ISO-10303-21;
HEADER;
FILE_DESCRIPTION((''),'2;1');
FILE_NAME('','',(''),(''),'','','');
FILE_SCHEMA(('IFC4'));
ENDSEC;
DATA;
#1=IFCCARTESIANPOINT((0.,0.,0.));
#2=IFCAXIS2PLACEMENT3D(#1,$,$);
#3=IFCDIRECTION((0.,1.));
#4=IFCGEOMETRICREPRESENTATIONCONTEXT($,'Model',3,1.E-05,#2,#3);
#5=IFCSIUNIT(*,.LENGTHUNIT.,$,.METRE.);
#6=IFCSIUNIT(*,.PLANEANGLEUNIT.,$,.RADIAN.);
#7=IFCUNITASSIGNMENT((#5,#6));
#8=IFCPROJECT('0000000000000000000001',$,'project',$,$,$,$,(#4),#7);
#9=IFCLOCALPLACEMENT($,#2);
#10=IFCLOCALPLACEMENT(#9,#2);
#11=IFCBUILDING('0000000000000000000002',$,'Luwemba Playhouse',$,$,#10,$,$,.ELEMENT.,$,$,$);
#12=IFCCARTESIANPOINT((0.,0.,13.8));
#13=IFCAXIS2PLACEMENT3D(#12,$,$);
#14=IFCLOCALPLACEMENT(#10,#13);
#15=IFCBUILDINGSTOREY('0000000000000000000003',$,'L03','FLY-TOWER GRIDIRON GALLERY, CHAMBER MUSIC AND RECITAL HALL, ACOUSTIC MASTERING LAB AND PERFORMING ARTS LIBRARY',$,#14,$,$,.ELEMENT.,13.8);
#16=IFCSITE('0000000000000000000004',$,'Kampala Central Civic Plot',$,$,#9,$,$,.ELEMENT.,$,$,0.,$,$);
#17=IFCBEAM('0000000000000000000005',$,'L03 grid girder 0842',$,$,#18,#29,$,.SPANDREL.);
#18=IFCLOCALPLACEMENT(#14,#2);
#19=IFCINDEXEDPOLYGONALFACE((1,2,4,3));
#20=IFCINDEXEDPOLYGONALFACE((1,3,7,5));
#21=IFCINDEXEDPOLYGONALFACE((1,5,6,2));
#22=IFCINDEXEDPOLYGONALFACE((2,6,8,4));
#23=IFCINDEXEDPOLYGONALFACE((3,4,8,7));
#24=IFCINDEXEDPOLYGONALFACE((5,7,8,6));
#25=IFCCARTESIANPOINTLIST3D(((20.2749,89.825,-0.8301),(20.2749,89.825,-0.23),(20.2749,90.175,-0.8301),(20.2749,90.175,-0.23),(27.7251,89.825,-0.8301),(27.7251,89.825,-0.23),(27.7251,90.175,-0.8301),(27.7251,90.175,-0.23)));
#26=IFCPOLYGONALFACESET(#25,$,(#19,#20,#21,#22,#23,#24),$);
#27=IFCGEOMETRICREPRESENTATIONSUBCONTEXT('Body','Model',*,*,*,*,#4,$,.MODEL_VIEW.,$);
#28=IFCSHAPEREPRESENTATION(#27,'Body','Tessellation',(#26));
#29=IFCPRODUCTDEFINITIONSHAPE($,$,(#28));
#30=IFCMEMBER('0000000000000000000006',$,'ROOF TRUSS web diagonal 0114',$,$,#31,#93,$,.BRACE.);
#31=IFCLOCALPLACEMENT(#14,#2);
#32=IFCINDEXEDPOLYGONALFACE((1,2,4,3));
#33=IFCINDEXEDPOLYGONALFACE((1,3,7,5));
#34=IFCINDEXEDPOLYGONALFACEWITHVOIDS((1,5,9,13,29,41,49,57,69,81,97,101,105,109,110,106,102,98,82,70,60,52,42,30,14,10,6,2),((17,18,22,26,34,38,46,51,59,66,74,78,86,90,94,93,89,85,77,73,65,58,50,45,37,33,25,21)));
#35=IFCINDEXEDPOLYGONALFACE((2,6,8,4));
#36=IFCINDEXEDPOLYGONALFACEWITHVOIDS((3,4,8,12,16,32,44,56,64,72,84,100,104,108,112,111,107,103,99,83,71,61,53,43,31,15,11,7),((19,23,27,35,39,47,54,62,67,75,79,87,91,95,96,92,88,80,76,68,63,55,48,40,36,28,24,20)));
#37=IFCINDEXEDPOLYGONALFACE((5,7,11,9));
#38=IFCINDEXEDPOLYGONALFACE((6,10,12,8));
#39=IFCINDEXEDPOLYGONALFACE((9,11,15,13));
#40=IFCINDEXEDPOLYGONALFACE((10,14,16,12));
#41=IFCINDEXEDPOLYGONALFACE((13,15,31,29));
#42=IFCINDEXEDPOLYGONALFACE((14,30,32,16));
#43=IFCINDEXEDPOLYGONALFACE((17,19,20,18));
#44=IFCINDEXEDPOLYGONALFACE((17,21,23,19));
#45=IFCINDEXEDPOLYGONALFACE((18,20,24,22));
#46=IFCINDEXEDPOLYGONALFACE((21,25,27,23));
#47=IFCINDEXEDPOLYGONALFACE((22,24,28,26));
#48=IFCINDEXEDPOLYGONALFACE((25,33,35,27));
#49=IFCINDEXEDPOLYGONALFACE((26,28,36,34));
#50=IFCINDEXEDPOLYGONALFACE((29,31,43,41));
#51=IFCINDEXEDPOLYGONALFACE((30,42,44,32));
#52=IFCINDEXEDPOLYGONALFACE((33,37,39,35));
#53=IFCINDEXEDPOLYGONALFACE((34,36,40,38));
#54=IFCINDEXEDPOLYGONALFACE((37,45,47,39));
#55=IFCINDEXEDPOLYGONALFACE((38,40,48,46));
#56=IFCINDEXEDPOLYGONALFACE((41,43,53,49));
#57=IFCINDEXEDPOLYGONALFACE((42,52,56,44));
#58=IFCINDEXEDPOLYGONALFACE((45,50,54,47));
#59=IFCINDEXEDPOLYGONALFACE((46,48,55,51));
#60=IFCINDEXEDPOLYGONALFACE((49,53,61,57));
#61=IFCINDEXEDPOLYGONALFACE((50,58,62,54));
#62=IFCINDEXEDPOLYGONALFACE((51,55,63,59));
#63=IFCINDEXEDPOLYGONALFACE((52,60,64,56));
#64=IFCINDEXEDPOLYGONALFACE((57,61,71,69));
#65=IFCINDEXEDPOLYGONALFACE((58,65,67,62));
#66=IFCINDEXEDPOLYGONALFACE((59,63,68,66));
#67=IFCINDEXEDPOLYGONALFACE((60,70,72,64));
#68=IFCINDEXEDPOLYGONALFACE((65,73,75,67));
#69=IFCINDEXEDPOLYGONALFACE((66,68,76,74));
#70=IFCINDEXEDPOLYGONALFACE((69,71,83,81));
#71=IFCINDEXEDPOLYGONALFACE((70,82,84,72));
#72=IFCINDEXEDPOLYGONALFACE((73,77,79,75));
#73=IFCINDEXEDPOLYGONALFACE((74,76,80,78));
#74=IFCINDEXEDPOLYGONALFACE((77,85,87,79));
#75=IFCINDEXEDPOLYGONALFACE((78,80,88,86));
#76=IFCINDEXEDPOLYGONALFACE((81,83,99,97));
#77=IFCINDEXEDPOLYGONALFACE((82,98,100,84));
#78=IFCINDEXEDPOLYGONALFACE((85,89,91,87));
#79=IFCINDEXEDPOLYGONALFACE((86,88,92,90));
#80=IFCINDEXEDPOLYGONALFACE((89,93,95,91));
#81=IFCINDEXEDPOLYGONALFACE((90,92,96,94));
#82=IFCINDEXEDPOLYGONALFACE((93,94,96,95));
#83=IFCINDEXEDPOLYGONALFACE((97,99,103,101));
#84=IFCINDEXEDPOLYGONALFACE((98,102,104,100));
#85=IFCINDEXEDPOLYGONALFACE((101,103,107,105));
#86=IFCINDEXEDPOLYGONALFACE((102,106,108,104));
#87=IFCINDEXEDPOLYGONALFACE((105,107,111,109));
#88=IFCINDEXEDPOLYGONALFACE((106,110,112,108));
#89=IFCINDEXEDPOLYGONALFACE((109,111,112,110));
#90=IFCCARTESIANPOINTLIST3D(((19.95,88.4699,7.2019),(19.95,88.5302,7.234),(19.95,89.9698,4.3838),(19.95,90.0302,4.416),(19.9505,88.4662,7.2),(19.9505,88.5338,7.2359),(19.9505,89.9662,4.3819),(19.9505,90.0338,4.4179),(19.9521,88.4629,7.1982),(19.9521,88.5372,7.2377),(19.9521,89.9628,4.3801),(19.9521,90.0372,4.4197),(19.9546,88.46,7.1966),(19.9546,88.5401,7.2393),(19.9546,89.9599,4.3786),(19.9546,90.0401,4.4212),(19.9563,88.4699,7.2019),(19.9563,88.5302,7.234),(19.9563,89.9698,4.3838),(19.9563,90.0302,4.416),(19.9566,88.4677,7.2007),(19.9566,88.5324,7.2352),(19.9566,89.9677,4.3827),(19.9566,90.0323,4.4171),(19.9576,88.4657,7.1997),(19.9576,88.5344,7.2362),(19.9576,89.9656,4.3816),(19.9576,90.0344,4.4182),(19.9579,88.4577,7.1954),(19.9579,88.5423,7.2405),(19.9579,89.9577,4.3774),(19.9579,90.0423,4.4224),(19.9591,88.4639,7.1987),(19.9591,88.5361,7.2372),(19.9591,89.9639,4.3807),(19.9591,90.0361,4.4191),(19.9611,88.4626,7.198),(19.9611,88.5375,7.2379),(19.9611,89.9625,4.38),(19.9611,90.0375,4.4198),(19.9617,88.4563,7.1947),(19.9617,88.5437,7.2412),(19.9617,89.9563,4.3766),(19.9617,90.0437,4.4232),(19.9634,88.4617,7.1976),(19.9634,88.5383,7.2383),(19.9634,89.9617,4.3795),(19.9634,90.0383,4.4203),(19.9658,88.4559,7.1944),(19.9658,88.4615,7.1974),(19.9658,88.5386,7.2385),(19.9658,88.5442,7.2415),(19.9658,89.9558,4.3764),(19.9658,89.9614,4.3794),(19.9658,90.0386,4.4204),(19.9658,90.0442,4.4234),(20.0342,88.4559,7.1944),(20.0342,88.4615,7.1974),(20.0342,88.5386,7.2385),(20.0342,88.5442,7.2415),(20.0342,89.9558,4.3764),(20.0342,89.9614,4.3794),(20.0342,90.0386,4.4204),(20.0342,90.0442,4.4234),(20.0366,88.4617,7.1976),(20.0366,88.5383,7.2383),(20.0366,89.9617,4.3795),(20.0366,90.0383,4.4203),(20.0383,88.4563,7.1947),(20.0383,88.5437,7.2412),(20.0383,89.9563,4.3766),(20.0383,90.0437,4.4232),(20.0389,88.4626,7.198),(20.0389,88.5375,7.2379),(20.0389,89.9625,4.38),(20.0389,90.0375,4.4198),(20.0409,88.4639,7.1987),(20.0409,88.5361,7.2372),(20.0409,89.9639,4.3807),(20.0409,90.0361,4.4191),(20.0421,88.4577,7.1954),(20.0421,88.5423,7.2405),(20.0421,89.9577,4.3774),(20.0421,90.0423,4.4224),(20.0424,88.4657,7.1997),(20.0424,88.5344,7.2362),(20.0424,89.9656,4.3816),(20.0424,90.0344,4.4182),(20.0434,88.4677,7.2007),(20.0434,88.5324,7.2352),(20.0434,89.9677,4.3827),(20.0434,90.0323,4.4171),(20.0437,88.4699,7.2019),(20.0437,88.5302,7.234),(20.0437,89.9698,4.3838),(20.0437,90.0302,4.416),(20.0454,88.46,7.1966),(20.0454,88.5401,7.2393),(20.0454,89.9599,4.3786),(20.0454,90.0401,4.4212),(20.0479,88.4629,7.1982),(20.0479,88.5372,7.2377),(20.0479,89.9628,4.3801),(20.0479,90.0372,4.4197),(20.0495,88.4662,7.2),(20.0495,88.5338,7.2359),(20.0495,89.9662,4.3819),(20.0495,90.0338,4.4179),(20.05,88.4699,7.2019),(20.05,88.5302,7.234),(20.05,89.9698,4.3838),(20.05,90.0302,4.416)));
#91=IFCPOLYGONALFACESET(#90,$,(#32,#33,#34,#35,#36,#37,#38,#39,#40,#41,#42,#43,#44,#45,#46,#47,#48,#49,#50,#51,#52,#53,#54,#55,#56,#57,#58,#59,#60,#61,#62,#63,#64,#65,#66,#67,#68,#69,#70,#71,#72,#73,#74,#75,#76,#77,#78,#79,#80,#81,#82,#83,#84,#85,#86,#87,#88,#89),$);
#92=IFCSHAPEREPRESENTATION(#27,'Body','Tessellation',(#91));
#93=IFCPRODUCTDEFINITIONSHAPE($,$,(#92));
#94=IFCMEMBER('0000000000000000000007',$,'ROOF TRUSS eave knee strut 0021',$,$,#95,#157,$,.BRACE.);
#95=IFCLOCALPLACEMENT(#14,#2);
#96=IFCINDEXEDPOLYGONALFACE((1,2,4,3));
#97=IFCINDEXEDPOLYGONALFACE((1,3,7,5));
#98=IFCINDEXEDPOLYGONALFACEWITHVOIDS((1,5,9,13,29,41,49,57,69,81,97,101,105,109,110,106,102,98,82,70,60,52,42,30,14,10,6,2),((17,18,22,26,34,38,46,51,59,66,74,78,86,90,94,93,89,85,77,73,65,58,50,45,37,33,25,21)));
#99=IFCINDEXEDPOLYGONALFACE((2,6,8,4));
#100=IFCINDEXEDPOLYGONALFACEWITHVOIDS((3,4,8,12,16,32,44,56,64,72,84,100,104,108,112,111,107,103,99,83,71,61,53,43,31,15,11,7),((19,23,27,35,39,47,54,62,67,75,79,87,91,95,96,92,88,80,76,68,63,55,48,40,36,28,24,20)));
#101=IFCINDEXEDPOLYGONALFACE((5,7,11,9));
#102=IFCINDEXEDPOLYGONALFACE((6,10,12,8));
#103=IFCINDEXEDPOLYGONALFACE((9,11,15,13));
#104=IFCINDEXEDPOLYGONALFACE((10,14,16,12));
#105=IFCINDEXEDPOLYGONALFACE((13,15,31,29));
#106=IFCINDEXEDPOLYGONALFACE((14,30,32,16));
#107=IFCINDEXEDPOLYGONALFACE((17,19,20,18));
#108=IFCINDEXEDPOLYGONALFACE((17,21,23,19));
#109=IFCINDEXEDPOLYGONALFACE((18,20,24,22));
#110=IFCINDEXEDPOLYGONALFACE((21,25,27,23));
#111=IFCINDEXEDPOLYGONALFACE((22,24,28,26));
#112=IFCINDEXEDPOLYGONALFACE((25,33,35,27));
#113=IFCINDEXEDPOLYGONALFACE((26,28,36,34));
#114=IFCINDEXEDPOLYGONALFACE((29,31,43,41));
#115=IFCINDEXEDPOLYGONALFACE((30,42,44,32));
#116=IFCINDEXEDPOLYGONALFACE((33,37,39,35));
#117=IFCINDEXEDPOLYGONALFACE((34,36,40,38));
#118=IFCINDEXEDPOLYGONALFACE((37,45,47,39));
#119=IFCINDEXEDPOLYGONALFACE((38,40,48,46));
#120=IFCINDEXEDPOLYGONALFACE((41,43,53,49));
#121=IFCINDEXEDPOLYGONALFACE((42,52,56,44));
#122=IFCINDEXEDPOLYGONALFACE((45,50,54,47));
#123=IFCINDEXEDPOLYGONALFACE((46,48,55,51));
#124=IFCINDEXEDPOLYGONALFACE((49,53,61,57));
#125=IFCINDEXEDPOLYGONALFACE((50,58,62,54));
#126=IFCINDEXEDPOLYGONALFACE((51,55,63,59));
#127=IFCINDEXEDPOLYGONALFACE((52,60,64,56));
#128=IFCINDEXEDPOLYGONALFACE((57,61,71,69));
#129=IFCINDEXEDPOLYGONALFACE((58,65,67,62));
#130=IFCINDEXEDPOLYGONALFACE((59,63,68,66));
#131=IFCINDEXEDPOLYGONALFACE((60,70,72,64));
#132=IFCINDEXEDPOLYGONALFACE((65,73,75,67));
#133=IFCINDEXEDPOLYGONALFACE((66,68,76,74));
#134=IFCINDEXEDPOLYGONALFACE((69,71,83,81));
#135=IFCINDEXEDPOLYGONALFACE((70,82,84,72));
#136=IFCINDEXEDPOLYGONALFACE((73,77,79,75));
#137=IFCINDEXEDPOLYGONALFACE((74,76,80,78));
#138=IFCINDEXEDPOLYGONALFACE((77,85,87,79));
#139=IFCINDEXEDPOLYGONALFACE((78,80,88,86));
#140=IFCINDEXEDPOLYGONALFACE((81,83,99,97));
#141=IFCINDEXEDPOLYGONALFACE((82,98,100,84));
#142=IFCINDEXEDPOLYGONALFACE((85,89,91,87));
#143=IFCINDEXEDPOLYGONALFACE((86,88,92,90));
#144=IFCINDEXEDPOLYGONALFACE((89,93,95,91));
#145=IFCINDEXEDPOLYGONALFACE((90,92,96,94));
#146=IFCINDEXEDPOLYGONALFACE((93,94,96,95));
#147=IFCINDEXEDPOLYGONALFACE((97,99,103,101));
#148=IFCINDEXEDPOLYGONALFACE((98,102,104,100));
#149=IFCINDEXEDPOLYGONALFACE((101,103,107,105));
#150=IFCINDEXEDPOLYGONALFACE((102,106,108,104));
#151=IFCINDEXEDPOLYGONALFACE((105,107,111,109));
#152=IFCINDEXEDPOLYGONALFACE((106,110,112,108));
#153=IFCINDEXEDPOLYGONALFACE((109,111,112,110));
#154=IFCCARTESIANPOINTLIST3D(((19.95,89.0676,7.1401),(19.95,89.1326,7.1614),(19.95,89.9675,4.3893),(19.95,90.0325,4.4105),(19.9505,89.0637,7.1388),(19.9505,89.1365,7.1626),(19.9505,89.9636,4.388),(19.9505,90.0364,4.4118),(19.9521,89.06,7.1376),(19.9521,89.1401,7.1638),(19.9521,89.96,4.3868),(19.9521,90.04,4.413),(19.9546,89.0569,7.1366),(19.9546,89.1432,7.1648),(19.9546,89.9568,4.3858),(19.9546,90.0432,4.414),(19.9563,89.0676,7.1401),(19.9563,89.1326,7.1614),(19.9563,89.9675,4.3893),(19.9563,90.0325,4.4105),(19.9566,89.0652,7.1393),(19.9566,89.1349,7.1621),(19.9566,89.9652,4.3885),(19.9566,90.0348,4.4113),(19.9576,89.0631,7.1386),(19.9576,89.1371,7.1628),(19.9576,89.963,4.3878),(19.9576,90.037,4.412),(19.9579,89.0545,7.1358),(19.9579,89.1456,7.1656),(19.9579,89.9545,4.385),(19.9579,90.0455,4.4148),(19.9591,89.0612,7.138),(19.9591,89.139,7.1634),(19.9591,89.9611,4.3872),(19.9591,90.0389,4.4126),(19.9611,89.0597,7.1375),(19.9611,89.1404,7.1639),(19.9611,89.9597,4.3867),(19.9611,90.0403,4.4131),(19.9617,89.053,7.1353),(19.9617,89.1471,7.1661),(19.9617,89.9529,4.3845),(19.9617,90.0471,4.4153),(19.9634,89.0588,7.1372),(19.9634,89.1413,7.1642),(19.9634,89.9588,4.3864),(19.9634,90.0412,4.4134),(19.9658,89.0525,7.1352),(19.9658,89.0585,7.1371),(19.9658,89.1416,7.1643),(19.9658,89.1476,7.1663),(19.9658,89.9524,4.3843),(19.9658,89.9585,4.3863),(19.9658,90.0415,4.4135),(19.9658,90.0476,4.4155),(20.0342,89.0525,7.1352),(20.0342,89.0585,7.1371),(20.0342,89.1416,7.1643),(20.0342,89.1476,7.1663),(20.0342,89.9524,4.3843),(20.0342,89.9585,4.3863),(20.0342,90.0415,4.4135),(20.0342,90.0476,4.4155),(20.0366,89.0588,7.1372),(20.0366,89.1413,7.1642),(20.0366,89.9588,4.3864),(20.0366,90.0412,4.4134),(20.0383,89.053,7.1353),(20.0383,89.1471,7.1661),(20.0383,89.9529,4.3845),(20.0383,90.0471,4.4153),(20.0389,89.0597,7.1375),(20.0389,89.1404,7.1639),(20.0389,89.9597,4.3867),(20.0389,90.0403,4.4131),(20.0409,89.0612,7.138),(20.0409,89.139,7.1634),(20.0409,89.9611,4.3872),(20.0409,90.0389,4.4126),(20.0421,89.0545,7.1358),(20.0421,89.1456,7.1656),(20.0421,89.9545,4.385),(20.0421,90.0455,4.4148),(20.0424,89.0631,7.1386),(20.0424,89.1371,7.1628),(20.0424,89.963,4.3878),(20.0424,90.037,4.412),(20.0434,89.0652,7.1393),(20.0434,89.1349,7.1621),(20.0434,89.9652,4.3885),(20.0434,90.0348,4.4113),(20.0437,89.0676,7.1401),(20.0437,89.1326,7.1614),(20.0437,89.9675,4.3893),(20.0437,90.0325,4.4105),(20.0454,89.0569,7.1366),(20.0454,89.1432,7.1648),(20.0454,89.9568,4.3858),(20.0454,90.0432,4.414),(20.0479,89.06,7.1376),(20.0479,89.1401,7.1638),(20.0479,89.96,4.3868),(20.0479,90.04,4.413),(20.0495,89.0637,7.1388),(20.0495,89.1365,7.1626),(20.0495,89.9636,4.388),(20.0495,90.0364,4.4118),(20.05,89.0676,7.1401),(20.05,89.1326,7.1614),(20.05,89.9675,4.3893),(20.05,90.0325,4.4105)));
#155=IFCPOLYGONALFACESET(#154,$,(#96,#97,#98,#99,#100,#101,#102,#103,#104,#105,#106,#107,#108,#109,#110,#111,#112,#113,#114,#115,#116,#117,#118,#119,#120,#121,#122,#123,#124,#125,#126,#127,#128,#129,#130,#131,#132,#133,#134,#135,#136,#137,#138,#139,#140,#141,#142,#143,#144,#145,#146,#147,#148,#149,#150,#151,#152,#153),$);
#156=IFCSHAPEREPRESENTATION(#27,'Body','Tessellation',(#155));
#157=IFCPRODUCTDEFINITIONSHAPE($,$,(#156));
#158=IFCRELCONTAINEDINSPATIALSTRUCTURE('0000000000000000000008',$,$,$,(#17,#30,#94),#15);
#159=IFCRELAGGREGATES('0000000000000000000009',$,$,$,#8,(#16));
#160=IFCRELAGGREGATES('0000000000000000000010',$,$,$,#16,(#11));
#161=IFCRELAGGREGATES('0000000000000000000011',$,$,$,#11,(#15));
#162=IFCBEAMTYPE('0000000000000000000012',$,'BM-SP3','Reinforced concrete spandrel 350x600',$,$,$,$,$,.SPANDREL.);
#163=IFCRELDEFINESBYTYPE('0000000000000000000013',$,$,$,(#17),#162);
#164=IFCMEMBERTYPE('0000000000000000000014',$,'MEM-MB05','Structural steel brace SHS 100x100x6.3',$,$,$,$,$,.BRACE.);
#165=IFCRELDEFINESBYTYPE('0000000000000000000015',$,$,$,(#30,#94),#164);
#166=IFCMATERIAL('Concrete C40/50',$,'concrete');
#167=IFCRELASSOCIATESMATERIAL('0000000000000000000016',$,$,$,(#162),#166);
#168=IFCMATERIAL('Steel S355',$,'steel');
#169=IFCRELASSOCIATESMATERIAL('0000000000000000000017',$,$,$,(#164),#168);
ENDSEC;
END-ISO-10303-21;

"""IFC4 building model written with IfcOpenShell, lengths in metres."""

from ifc_helpers import new_model, si_unit, direction, frame, origin, origin_2d, place, context, subcontext, project, spatial, rectangle, hollow_rectangle, extrude, material, material_profile, profile_set, type_object, element, save


model = new_model("IFC4")

# Units and contexts
model_context = context("Model", 3, precision=1e-05, world=origin(), true_north=direction((0.0, 1.0)))
body_context = subcontext(model_context, "Body", "Model", "MODEL_VIEW")
ifc_project = project(units=[si_unit("LENGTHUNIT", "METRE"), si_unit("PLANEANGLEUNIT", "RADIAN")], contexts=[model_context])

# Site, building, storey
site_placement = place(None, origin())
site = spatial("IfcSite", under=ifc_project, at=site_placement, Name="Kampala Central Civic Plot", CompositionType="ELEMENT", RefElevation=0.0)
building_placement = place(site_placement, origin())
building = spatial("IfcBuilding", under=site, at=building_placement, Name="Luwemba Playhouse", CompositionType="ELEMENT")
storey_placement = place(building_placement, frame((0.0, 0.0, 13.8)))
storey = spatial("IfcBuildingStorey", under=building, at=storey_placement, Name="L03", Description="FLY-TOWER GRIDIRON GALLERY, CHAMBER MUSIC AND RECITAL HALL, ACOUSTIC MASTERING LAB AND PERFORMING ARTS LIBRARY", CompositionType="ELEMENT", Elevation=13.8)

# Shared definitions
ifc_material_1 = material(Name="Concrete C40/50", Category="concrete")

# Beam
ifc_material_2 = material(Name="Steel S355", Category="steel")
ifc_material_profile_1 = material_profile(ifc_material_1, rectangle(XDim=0.3501, YDim=0.6001, at=origin_2d()))
ifc_profile_set_1 = profile_set([ifc_material_profile_1], Name="Concrete C40/50")
beam_type_1 = type_object("IfcBeamType", Name="BM-SP3", Description="Reinforced concrete spandrel 350x600", PredefinedType="SPANDREL", material=ifc_profile_set_1)
beam_1_placement = place(storey_placement, frame((20.2749, 90.0, -0.53), z_axis=(1.0, 0.0, 0.0), x_axis=(0.0, 1.0, 0.0)))
element("IfcBeam", 1, at=beam_1_placement, inside=storey, type_object=beam_type_1, Name="L03 grid girder 0842", PredefinedType="SPANDREL", context=body_context, shape_type="SweptSolid", body=[
    extrude(rectangle(XDim=0.3501, YDim=0.6001, at=origin_2d()), origin(), (0.0, 0.0, 1.0), 7.4502),
])

# Members
ifc_material_profile_2 = material_profile(ifc_material_2, hollow_rectangle(XDim=0.1001, YDim=0.1001, WallThickness=0.0063, InnerFilletRadius=0.0095, OuterFilletRadius=0.0159, at=origin_2d()))
ifc_profile_set_2 = profile_set([ifc_material_profile_2], Name="Steel S355")
member_type_1 = type_object("IfcMemberType", Name="MEM-MB05", Description="Structural steel brace SHS 100x100x6.3", PredefinedType="BRACE", material=ifc_profile_set_2)
member_1_placement = place(storey_placement, frame((20.0, 90.0, 4.3999), z_axis=(0.0, -0.469858, 0.882742), x_axis=(1.0, 0.0, 0.0)))
element("IfcMember", 2, at=member_1_placement, inside=storey, type_object=member_type_1, Name="ROOF TRUSS web diagonal 0114", PredefinedType="BRACE", context=body_context, shape_type="SweptSolid", body=[
    extrude(hollow_rectangle(XDim=0.1001, YDim=0.1001, WallThickness=0.0063, InnerFilletRadius=0.0095, OuterFilletRadius=0.0159, at=origin_2d()), origin(), (0.0, 0.0, 1.0), 3.1924),
])
member_2_placement = place(storey_placement, frame((20.0, 90.0, 4.3999), z_axis=(0.0, -0.310934, 0.950432), x_axis=(1.0, 0.0, 0.0)))
element("IfcMember", 3, at=member_2_placement, inside=storey, type_object=member_type_1, Name="ROOF TRUSS eave knee strut 0021", PredefinedType="BRACE", context=body_context, shape_type="SweptSolid", body=[
    extrude(hollow_rectangle(XDim=0.1001, YDim=0.1001, WallThickness=0.0063, InnerFilletRadius=0.0095, OuterFilletRadius=0.0159, at=origin_2d()), origin(), (0.0, 0.0, 1.0), 2.8943),
])

save(model, "model.ifc")
